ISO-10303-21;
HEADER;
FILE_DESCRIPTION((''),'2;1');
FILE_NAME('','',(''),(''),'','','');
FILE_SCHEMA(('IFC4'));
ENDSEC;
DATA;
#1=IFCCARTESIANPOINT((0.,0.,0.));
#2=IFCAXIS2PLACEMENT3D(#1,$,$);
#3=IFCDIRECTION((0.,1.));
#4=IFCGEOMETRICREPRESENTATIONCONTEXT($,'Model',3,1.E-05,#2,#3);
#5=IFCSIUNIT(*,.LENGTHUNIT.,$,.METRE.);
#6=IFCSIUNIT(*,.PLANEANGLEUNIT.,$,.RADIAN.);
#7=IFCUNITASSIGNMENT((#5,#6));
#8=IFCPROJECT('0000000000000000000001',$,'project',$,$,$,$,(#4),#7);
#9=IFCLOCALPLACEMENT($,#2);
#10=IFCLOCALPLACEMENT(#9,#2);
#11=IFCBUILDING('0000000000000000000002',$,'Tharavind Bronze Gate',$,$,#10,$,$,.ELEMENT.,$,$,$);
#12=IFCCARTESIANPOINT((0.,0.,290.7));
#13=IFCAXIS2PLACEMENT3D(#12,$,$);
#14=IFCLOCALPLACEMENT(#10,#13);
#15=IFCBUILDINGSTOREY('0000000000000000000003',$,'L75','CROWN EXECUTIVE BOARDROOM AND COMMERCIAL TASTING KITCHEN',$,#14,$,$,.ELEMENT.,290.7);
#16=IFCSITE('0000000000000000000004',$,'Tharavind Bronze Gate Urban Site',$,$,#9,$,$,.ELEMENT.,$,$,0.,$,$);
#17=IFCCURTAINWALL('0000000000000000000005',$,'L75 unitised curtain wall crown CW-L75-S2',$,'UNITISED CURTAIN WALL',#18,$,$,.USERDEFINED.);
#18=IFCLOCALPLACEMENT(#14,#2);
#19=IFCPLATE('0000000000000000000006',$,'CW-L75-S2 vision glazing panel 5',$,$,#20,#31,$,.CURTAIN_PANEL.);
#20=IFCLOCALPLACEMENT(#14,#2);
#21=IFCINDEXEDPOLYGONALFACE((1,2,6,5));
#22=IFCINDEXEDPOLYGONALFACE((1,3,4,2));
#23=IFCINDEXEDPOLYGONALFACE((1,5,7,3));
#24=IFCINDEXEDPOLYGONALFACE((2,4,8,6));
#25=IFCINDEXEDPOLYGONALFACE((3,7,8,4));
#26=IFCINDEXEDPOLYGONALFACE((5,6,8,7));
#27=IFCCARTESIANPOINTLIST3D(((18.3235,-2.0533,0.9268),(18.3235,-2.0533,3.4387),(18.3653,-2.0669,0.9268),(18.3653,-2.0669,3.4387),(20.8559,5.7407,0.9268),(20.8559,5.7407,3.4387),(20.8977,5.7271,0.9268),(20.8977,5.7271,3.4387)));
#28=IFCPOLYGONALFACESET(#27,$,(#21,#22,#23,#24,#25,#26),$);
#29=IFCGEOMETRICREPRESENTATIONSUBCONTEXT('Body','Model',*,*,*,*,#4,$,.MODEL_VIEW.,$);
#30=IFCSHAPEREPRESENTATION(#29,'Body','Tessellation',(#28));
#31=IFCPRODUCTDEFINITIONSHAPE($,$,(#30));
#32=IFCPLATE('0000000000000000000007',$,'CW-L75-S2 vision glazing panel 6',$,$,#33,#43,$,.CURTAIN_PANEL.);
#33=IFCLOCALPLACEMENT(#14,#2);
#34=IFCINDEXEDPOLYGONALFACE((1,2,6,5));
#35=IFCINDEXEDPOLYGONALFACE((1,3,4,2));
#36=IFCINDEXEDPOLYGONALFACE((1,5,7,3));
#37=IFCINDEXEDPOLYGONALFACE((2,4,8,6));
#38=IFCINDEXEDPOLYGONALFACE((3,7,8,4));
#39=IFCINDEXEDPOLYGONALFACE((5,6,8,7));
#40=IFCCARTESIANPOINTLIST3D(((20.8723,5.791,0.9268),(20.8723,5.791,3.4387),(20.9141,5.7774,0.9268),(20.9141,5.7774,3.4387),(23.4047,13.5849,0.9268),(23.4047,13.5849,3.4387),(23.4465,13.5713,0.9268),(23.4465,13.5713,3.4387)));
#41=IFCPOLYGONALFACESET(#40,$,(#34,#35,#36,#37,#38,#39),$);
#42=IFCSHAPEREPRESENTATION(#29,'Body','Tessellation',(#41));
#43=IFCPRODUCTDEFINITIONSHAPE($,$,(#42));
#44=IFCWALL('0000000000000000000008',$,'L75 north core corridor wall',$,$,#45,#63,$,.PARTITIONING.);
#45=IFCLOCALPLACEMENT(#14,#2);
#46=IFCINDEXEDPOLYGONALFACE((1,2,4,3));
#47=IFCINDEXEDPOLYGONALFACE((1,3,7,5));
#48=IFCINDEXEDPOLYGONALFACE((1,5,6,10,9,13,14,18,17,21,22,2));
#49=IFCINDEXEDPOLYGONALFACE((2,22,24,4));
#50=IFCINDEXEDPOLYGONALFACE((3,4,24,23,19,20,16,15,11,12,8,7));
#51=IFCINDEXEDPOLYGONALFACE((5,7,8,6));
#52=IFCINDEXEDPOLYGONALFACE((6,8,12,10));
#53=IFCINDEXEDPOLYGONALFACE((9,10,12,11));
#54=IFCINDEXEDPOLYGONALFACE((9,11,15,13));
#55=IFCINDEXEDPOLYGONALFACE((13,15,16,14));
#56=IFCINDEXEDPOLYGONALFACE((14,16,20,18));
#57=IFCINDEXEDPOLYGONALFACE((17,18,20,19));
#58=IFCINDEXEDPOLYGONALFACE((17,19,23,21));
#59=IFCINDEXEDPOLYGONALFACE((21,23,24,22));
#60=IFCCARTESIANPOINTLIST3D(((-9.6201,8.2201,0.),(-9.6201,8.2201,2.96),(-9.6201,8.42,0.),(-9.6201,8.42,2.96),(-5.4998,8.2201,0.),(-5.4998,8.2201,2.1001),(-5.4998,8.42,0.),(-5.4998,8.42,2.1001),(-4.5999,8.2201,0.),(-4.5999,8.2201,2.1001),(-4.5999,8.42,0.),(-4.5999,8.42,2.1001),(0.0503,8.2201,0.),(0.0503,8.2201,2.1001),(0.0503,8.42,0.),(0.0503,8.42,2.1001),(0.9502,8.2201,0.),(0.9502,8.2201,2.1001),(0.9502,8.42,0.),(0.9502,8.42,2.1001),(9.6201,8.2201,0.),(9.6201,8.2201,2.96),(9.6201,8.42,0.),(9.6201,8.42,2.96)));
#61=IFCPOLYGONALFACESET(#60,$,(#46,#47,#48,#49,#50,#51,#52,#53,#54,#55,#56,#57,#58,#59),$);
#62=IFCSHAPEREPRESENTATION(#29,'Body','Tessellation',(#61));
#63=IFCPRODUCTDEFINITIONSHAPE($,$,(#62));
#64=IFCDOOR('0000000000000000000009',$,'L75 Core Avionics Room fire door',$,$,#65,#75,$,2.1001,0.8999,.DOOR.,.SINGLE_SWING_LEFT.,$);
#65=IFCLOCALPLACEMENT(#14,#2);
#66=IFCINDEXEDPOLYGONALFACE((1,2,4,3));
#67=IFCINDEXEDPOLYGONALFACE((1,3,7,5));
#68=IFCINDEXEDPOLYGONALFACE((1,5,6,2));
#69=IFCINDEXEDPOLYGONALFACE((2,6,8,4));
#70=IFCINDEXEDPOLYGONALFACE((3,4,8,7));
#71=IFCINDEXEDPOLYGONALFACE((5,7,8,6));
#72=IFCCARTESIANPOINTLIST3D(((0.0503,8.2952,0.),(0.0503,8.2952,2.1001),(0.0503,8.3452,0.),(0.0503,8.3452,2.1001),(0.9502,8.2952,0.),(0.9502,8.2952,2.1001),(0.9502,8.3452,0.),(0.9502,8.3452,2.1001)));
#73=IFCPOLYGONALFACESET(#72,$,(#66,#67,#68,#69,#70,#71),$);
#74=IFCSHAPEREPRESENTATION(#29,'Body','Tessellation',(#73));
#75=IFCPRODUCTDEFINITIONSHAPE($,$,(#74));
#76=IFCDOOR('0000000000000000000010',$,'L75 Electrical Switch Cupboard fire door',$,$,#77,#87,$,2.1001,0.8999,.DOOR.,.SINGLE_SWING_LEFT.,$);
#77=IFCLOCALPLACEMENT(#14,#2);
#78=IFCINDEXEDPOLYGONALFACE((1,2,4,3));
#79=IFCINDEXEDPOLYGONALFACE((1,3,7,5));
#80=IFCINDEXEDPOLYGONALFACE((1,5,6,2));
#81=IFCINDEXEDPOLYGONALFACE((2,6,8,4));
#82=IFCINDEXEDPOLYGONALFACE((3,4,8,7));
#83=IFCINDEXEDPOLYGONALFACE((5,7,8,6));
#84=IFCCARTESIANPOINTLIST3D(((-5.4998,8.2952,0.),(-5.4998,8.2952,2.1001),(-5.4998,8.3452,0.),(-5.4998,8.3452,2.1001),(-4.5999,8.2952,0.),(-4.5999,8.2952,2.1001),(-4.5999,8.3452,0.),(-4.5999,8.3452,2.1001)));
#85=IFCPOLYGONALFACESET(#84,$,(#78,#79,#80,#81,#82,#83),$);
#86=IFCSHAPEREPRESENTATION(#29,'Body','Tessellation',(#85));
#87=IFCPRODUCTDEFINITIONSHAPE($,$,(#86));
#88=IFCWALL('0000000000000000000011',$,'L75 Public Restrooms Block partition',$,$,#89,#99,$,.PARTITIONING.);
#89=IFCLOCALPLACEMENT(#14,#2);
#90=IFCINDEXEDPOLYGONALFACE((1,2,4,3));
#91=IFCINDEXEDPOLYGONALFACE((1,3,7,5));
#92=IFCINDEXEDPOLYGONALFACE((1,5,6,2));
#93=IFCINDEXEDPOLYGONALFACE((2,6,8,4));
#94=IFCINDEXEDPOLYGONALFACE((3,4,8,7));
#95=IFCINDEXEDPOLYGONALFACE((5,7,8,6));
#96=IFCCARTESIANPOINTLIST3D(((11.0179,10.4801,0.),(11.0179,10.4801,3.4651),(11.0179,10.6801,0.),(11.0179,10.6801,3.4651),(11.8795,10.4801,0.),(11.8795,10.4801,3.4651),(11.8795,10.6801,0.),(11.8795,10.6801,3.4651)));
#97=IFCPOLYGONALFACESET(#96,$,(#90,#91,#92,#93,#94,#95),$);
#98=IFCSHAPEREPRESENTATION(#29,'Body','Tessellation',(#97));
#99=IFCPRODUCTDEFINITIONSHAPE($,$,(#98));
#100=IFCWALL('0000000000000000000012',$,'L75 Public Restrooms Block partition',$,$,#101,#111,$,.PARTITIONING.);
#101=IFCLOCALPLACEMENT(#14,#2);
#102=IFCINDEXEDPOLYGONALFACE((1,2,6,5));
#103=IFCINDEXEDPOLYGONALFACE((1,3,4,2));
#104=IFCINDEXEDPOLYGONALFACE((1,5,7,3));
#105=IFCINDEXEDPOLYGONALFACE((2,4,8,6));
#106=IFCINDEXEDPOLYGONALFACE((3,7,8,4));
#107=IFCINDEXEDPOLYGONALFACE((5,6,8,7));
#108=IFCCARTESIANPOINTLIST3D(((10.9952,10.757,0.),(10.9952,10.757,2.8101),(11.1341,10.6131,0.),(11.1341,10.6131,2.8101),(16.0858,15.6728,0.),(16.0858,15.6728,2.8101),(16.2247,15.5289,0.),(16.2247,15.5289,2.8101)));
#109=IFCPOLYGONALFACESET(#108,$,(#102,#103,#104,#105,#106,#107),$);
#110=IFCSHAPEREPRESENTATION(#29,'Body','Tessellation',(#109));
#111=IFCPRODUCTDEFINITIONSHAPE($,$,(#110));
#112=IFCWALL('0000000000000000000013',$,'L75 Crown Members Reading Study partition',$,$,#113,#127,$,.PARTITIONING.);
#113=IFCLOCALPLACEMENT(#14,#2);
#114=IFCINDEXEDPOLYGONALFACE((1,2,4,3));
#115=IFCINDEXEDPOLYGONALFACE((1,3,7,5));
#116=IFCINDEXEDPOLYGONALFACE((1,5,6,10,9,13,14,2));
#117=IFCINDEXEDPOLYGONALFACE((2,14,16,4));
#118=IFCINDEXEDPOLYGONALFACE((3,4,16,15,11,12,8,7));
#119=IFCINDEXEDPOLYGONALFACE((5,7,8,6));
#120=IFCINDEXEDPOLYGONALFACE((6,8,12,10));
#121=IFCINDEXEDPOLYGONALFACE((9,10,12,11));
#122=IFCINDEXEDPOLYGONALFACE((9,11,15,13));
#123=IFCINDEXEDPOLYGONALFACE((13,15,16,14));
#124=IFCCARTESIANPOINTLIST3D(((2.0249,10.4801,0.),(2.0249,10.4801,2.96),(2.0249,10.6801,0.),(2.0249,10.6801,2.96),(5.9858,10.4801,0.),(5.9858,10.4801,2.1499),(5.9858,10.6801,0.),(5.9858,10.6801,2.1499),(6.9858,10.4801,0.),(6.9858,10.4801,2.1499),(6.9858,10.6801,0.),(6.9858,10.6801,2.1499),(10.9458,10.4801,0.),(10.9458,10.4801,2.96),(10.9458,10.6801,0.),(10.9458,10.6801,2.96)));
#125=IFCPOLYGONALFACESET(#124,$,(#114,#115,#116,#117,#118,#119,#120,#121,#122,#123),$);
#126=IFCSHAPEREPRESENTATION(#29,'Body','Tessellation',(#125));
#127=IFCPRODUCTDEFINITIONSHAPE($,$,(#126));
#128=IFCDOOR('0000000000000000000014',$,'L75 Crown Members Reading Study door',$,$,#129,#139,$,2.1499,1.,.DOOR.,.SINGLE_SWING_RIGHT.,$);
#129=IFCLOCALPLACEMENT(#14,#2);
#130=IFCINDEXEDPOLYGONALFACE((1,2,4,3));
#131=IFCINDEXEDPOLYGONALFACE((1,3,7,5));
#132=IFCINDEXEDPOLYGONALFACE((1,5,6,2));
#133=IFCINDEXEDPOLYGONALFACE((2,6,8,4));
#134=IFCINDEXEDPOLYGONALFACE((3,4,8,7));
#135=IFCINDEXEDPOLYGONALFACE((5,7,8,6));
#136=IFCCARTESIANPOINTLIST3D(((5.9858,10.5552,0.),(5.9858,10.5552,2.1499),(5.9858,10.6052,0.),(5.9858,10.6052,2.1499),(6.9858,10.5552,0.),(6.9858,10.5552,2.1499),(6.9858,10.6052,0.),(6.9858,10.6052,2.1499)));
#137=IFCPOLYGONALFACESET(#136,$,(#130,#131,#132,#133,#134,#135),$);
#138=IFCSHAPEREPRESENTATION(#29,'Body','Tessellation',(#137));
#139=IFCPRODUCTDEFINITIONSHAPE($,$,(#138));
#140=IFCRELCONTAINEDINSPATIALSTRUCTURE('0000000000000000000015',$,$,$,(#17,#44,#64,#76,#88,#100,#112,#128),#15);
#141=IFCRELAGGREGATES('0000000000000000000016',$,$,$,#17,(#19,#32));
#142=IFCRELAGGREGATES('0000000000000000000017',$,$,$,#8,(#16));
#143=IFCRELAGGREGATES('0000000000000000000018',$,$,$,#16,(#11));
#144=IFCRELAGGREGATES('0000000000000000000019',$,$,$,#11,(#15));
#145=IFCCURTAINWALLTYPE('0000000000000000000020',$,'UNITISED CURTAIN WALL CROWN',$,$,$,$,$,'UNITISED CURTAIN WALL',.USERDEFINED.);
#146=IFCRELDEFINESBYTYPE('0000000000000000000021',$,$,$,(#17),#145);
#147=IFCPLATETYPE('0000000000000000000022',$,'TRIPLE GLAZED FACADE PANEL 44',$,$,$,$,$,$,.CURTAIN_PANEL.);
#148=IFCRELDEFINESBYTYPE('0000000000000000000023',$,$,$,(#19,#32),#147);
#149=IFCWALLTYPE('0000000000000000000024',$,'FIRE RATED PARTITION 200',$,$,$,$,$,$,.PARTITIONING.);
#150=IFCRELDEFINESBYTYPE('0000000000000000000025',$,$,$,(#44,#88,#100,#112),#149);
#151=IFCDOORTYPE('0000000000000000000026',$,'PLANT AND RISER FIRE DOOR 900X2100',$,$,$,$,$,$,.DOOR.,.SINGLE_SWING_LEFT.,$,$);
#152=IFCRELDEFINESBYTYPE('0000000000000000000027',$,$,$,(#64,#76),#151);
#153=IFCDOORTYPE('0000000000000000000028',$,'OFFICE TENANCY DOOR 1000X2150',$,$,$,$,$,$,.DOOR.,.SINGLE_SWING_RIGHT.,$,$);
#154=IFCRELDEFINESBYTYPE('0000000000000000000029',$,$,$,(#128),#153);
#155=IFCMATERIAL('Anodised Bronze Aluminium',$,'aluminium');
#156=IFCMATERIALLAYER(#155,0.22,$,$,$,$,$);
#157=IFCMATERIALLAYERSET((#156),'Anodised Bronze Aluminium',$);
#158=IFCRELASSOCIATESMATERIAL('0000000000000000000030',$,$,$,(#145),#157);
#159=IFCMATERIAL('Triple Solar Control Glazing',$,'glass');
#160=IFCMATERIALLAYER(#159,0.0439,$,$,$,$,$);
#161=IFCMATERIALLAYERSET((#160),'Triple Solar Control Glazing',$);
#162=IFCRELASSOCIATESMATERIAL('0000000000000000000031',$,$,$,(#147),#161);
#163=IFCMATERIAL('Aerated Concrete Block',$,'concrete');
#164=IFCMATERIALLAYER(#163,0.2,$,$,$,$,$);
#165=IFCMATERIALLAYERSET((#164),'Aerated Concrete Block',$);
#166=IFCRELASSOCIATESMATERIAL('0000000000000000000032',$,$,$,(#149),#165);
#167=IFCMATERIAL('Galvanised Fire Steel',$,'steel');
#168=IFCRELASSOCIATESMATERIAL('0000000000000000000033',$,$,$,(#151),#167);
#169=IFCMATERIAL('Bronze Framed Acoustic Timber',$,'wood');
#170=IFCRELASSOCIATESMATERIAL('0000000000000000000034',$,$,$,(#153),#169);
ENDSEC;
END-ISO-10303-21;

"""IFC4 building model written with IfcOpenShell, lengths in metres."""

from ifc_helpers import new_model, si_unit, direction, frame, frame_2d, origin, origin_2d, place, context, subcontext, project, spatial, rectangle, extrude, material, layer, layer_set, type_object, element, fill, aggregate, save


model = new_model("IFC4")

# Units and contexts
model_context = context("Model", 3, precision=1e-05, world=origin(), true_north=direction((0.0, 1.0)))
body_context = subcontext(model_context, "Body", "Model", "MODEL_VIEW")
ifc_project = project(units=[si_unit("LENGTHUNIT", "METRE"), si_unit("PLANEANGLEUNIT", "RADIAN")], contexts=[model_context])

# Site, building, storey
site_placement = place(None, origin())
site = spatial("IfcSite", under=ifc_project, at=site_placement, Name="Tharavind Bronze Gate Urban Site", CompositionType="ELEMENT", RefElevation=0.0)
building_placement = place(site_placement, origin())
building = spatial("IfcBuilding", under=site, at=building_placement, Name="Tharavind Bronze Gate", CompositionType="ELEMENT")
storey_placement = place(building_placement, frame((0.0, 0.0, 290.7)))
storey = spatial("IfcBuildingStorey", under=building, at=storey_placement, Name="L75", Description="CROWN EXECUTIVE BOARDROOM AND COMMERCIAL TASTING KITCHEN", CompositionType="ELEMENT", Elevation=290.7)

# Curtain wall
ifc_material_1 = material(Name="Anodised Bronze Aluminium", Category="aluminium")
ifc_layer_1 = layer(ifc_material_1, 0.22)
ifc_layer_set_1 = layer_set([ifc_layer_1], Name="Anodised Bronze Aluminium")
curtain_wall_type = type_object("IfcCurtainWallType", Name="UNITISED CURTAIN WALL CROWN", ElementType="UNITISED CURTAIN WALL", PredefinedType="USERDEFINED", material=ifc_layer_set_1)
curtain_wall_placement = place(storey_placement, origin())
curtain_wall = element("IfcCurtainWall", 1, at=curtain_wall_placement, inside=storey, type_object=curtain_wall_type, Name="L75 unitised curtain wall crown CW-L75-S2", ObjectType="UNITISED CURTAIN WALL", PredefinedType="USERDEFINED")

# Plates
ifc_material_2 = material(Name="Triple Solar Control Glazing", Category="glass")
ifc_layer_2 = layer(ifc_material_2, 0.0439)
ifc_layer_set_2 = layer_set([ifc_layer_2], Name="Triple Solar Control Glazing")
plate_type_1 = type_object("IfcPlateType", Name="TRIPLE GLAZED FACADE PANEL 44", PredefinedType="CURTAIN_PANEL", material=ifc_layer_set_2)
plate_1_placement = place(storey_placement, frame((19.6106, 1.8369, 0.9268), z_axis=(0.0, 0.0, 1.0), x_axis=(0.309017, 0.951057, 0.0)))
plate_1 = element("IfcPlate", 2, at=plate_1_placement, type_object=plate_type_1, Name="CW-L75-S2 vision glazing panel 5", PredefinedType="CURTAIN_PANEL", context=body_context, shape_type="SweptSolid", body=[
    extrude(rectangle(XDim=8.1951, YDim=0.0439, at=origin_2d()), origin(), (0.0, 0.0, 1.0), 2.512),
])
plate_2_placement = place(storey_placement, frame((22.1594, 9.6812, 0.9268), z_axis=(0.0, 0.0, 1.0), x_axis=(0.309017, 0.951057, 0.0)))
plate_2 = element("IfcPlate", 3, at=plate_2_placement, type_object=plate_type_1, Name="CW-L75-S2 vision glazing panel 6", PredefinedType="CURTAIN_PANEL", context=body_context, shape_type="SweptSolid", body=[
    extrude(rectangle(XDim=8.1951, YDim=0.0439, at=origin_2d()), origin(), (0.0, 0.0, 1.0), 2.512),
])
aggregate(curtain_wall, [plate_1, plate_2])

# Wall, openings, doors
ifc_material_3 = material(Name="Aerated Concrete Block", Category="concrete")
ifc_layer_3 = layer(ifc_material_3, 0.2)
ifc_layer_set_3 = layer_set([ifc_layer_3], Name="Aerated Concrete Block")
wall_type = type_object("IfcWallType", Name="FIRE RATED PARTITION 200", PredefinedType="PARTITIONING", material=ifc_layer_set_3)
wall_1_placement = place(storey_placement, frame((9.6201, 8.3201, 0.0), z_axis=(0.0, 0.0, 1.0), x_axis=(-1.0, 0.0, 0.0)))
wall_1 = element("IfcWall", 4, at=wall_1_placement, inside=storey, type_object=wall_type, Name="L75 north core corridor wall", PredefinedType="PARTITIONING", context=body_context, shape_type="SweptSolid", body=[
    extrude(rectangle(XDim=19.2402, YDim=0.2, at=frame_2d((9.6201, 0.0))), origin(), (0.0, 0.0, 1.0), 2.96),
])
opening_1_placement = place(wall_1_placement, frame((8.6699, 0.0, 0.0)))
opening_1 = element("IfcOpeningElement", 5, at=opening_1_placement, cuts=wall_1, PredefinedType="OPENING", context=body_context, shape_type="SweptSolid", body=[
    extrude(rectangle(XDim=0.8999, YDim=2.1001, at=frame_2d((0.45, 1.05))), frame((0.0, 0.1101, 0.0), z_axis=(0.0, -1.0, 0.0), x_axis=(1.0, 0.0, 0.0)), (0.0, 0.0, 1.0), 0.22),
])
opening_2_placement = place(wall_1_placement, frame((14.22, 0.0, 0.0)))
opening_2 = element("IfcOpeningElement", 6, at=opening_2_placement, cuts=wall_1, PredefinedType="OPENING", context=body_context, shape_type="SweptSolid", body=[
    extrude(rectangle(XDim=0.8999, YDim=2.1001, at=frame_2d((0.45, 1.05))), frame((0.0, 0.1101, 0.0), z_axis=(0.0, -1.0, 0.0), x_axis=(1.0, 0.0, 0.0)), (0.0, 0.0, 1.0), 0.22),
])
ifc_material_4 = material(Name="Galvanised Fire Steel", Category="steel")
door_type_1 = type_object("IfcDoorType", Name="PLANT AND RISER FIRE DOOR 900X2100", OperationType="SINGLE_SWING_LEFT", PredefinedType="DOOR", material=ifc_material_4)
door_1_placement = place(opening_1_placement, origin())
door_1 = element("IfcDoor", 7, at=door_1_placement, inside=storey, type_object=door_type_1, Name="L75 Core Avionics Room fire door", OperationType="SINGLE_SWING_LEFT", OverallHeight=2.1001, OverallWidth=0.8999, PredefinedType="DOOR", context=body_context, shape_type="SweptSolid", body=[
    extrude(rectangle(XDim=0.8999, YDim=2.1001, at=frame_2d((0.45, 1.05))), frame((0.0, 0.0249, 0.0), z_axis=(0.0, -1.0, 0.0), x_axis=(1.0, 0.0, 0.0)), (0.0, 0.0, 1.0), 0.05),
])
fill(opening_1, door_1)
door_2_placement = place(opening_2_placement, origin())
door_2 = element("IfcDoor", 8, at=door_2_placement, inside=storey, type_object=door_type_1, Name="L75 Electrical Switch Cupboard fire door", OperationType="SINGLE_SWING_LEFT", OverallHeight=2.1001, OverallWidth=0.8999, PredefinedType="DOOR", context=body_context, shape_type="SweptSolid", body=[
    extrude(rectangle(XDim=0.8999, YDim=2.1001, at=frame_2d((0.45, 1.05))), frame((0.0, 0.0249, 0.0), z_axis=(0.0, -1.0, 0.0), x_axis=(1.0, 0.0, 0.0)), (0.0, 0.0, 1.0), 0.05),
])
fill(opening_2, door_2)

# Walls
wall_2_placement = place(storey_placement, frame((11.8794, 10.5801, 0.0), z_axis=(0.0, 0.0, 1.0), x_axis=(-1.0, 0.0, 0.0)))
element("IfcWall", 9, at=wall_2_placement, inside=storey, type_object=wall_type, Name="L75 Public Restrooms Block partition", PredefinedType="PARTITIONING", context=body_context, shape_type="SweptSolid", body=[
    extrude(rectangle(XDim=0.8616, YDim=0.2, at=frame_2d((0.4307, 0.0))), origin(), (0.0, 0.0, 1.0), 3.4651),
])
wall_3_placement = place(storey_placement, frame((11.0647, 10.6851, 0.0), z_axis=(0.0, 0.0, 1.0), x_axis=(0.71935, 0.694648, 0.0)))
element("IfcWall", 10, at=wall_3_placement, inside=storey, type_object=wall_type, Name="L75 Public Restrooms Block partition", PredefinedType="PARTITIONING", context=body_context, shape_type="SweptSolid", body=[
    extrude(rectangle(XDim=7.0767, YDim=0.2, at=frame_2d((3.5383, 0.0))), origin(), (0.0, 0.0, 1.0), 2.8101),
])

# Wall, opening, door
wall_4_placement = place(storey_placement, frame((10.9458, 10.5801, 0.0), z_axis=(0.0, 0.0, 1.0), x_axis=(-1.0, 0.0, 0.0)))
wall_4 = element("IfcWall", 11, at=wall_4_placement, inside=storey, type_object=wall_type, Name="L75 Crown Members Reading Study partition", PredefinedType="PARTITIONING", context=body_context, shape_type="SweptSolid", body=[
    extrude(rectangle(XDim=8.9209, YDim=0.2, at=frame_2d((4.4604, 0.0))), origin(), (0.0, 0.0, 1.0), 2.96),
])
opening_3_placement = place(wall_4_placement, frame((3.96, 0.0, 0.0)))
opening_3 = element("IfcOpeningElement", 12, at=opening_3_placement, cuts=wall_4, PredefinedType="OPENING", context=body_context, shape_type="SweptSolid", body=[
    extrude(rectangle(XDim=1.0, YDim=2.1499, at=frame_2d((0.5, 1.075))), frame((0.0, 0.1101, 0.0), z_axis=(0.0, -1.0, 0.0), x_axis=(1.0, 0.0, 0.0)), (0.0, 0.0, 1.0), 0.22),
])
ifc_material_5 = material(Name="Bronze Framed Acoustic Timber", Category="wood")
door_type_2 = type_object("IfcDoorType", Name="OFFICE TENANCY DOOR 1000X2150", OperationType="SINGLE_SWING_RIGHT", PredefinedType="DOOR", material=ifc_material_5)
door_3_placement = place(opening_3_placement, origin())
door_3 = element("IfcDoor", 13, at=door_3_placement, inside=storey, type_object=door_type_2, Name="L75 Crown Members Reading Study door", OperationType="SINGLE_SWING_RIGHT", OverallHeight=2.1499, OverallWidth=1.0, PredefinedType="DOOR", context=body_context, shape_type="SweptSolid", body=[
    extrude(rectangle(XDim=1.0, YDim=2.1499, at=frame_2d((0.5, 1.075))), frame((0.0, 0.0249, 0.0), z_axis=(0.0, -1.0, 0.0), x_axis=(1.0, 0.0, 0.0)), (0.0, 0.0, 1.0), 0.05),
])
fill(opening_3, door_3)

save(model, "model.ifc")
